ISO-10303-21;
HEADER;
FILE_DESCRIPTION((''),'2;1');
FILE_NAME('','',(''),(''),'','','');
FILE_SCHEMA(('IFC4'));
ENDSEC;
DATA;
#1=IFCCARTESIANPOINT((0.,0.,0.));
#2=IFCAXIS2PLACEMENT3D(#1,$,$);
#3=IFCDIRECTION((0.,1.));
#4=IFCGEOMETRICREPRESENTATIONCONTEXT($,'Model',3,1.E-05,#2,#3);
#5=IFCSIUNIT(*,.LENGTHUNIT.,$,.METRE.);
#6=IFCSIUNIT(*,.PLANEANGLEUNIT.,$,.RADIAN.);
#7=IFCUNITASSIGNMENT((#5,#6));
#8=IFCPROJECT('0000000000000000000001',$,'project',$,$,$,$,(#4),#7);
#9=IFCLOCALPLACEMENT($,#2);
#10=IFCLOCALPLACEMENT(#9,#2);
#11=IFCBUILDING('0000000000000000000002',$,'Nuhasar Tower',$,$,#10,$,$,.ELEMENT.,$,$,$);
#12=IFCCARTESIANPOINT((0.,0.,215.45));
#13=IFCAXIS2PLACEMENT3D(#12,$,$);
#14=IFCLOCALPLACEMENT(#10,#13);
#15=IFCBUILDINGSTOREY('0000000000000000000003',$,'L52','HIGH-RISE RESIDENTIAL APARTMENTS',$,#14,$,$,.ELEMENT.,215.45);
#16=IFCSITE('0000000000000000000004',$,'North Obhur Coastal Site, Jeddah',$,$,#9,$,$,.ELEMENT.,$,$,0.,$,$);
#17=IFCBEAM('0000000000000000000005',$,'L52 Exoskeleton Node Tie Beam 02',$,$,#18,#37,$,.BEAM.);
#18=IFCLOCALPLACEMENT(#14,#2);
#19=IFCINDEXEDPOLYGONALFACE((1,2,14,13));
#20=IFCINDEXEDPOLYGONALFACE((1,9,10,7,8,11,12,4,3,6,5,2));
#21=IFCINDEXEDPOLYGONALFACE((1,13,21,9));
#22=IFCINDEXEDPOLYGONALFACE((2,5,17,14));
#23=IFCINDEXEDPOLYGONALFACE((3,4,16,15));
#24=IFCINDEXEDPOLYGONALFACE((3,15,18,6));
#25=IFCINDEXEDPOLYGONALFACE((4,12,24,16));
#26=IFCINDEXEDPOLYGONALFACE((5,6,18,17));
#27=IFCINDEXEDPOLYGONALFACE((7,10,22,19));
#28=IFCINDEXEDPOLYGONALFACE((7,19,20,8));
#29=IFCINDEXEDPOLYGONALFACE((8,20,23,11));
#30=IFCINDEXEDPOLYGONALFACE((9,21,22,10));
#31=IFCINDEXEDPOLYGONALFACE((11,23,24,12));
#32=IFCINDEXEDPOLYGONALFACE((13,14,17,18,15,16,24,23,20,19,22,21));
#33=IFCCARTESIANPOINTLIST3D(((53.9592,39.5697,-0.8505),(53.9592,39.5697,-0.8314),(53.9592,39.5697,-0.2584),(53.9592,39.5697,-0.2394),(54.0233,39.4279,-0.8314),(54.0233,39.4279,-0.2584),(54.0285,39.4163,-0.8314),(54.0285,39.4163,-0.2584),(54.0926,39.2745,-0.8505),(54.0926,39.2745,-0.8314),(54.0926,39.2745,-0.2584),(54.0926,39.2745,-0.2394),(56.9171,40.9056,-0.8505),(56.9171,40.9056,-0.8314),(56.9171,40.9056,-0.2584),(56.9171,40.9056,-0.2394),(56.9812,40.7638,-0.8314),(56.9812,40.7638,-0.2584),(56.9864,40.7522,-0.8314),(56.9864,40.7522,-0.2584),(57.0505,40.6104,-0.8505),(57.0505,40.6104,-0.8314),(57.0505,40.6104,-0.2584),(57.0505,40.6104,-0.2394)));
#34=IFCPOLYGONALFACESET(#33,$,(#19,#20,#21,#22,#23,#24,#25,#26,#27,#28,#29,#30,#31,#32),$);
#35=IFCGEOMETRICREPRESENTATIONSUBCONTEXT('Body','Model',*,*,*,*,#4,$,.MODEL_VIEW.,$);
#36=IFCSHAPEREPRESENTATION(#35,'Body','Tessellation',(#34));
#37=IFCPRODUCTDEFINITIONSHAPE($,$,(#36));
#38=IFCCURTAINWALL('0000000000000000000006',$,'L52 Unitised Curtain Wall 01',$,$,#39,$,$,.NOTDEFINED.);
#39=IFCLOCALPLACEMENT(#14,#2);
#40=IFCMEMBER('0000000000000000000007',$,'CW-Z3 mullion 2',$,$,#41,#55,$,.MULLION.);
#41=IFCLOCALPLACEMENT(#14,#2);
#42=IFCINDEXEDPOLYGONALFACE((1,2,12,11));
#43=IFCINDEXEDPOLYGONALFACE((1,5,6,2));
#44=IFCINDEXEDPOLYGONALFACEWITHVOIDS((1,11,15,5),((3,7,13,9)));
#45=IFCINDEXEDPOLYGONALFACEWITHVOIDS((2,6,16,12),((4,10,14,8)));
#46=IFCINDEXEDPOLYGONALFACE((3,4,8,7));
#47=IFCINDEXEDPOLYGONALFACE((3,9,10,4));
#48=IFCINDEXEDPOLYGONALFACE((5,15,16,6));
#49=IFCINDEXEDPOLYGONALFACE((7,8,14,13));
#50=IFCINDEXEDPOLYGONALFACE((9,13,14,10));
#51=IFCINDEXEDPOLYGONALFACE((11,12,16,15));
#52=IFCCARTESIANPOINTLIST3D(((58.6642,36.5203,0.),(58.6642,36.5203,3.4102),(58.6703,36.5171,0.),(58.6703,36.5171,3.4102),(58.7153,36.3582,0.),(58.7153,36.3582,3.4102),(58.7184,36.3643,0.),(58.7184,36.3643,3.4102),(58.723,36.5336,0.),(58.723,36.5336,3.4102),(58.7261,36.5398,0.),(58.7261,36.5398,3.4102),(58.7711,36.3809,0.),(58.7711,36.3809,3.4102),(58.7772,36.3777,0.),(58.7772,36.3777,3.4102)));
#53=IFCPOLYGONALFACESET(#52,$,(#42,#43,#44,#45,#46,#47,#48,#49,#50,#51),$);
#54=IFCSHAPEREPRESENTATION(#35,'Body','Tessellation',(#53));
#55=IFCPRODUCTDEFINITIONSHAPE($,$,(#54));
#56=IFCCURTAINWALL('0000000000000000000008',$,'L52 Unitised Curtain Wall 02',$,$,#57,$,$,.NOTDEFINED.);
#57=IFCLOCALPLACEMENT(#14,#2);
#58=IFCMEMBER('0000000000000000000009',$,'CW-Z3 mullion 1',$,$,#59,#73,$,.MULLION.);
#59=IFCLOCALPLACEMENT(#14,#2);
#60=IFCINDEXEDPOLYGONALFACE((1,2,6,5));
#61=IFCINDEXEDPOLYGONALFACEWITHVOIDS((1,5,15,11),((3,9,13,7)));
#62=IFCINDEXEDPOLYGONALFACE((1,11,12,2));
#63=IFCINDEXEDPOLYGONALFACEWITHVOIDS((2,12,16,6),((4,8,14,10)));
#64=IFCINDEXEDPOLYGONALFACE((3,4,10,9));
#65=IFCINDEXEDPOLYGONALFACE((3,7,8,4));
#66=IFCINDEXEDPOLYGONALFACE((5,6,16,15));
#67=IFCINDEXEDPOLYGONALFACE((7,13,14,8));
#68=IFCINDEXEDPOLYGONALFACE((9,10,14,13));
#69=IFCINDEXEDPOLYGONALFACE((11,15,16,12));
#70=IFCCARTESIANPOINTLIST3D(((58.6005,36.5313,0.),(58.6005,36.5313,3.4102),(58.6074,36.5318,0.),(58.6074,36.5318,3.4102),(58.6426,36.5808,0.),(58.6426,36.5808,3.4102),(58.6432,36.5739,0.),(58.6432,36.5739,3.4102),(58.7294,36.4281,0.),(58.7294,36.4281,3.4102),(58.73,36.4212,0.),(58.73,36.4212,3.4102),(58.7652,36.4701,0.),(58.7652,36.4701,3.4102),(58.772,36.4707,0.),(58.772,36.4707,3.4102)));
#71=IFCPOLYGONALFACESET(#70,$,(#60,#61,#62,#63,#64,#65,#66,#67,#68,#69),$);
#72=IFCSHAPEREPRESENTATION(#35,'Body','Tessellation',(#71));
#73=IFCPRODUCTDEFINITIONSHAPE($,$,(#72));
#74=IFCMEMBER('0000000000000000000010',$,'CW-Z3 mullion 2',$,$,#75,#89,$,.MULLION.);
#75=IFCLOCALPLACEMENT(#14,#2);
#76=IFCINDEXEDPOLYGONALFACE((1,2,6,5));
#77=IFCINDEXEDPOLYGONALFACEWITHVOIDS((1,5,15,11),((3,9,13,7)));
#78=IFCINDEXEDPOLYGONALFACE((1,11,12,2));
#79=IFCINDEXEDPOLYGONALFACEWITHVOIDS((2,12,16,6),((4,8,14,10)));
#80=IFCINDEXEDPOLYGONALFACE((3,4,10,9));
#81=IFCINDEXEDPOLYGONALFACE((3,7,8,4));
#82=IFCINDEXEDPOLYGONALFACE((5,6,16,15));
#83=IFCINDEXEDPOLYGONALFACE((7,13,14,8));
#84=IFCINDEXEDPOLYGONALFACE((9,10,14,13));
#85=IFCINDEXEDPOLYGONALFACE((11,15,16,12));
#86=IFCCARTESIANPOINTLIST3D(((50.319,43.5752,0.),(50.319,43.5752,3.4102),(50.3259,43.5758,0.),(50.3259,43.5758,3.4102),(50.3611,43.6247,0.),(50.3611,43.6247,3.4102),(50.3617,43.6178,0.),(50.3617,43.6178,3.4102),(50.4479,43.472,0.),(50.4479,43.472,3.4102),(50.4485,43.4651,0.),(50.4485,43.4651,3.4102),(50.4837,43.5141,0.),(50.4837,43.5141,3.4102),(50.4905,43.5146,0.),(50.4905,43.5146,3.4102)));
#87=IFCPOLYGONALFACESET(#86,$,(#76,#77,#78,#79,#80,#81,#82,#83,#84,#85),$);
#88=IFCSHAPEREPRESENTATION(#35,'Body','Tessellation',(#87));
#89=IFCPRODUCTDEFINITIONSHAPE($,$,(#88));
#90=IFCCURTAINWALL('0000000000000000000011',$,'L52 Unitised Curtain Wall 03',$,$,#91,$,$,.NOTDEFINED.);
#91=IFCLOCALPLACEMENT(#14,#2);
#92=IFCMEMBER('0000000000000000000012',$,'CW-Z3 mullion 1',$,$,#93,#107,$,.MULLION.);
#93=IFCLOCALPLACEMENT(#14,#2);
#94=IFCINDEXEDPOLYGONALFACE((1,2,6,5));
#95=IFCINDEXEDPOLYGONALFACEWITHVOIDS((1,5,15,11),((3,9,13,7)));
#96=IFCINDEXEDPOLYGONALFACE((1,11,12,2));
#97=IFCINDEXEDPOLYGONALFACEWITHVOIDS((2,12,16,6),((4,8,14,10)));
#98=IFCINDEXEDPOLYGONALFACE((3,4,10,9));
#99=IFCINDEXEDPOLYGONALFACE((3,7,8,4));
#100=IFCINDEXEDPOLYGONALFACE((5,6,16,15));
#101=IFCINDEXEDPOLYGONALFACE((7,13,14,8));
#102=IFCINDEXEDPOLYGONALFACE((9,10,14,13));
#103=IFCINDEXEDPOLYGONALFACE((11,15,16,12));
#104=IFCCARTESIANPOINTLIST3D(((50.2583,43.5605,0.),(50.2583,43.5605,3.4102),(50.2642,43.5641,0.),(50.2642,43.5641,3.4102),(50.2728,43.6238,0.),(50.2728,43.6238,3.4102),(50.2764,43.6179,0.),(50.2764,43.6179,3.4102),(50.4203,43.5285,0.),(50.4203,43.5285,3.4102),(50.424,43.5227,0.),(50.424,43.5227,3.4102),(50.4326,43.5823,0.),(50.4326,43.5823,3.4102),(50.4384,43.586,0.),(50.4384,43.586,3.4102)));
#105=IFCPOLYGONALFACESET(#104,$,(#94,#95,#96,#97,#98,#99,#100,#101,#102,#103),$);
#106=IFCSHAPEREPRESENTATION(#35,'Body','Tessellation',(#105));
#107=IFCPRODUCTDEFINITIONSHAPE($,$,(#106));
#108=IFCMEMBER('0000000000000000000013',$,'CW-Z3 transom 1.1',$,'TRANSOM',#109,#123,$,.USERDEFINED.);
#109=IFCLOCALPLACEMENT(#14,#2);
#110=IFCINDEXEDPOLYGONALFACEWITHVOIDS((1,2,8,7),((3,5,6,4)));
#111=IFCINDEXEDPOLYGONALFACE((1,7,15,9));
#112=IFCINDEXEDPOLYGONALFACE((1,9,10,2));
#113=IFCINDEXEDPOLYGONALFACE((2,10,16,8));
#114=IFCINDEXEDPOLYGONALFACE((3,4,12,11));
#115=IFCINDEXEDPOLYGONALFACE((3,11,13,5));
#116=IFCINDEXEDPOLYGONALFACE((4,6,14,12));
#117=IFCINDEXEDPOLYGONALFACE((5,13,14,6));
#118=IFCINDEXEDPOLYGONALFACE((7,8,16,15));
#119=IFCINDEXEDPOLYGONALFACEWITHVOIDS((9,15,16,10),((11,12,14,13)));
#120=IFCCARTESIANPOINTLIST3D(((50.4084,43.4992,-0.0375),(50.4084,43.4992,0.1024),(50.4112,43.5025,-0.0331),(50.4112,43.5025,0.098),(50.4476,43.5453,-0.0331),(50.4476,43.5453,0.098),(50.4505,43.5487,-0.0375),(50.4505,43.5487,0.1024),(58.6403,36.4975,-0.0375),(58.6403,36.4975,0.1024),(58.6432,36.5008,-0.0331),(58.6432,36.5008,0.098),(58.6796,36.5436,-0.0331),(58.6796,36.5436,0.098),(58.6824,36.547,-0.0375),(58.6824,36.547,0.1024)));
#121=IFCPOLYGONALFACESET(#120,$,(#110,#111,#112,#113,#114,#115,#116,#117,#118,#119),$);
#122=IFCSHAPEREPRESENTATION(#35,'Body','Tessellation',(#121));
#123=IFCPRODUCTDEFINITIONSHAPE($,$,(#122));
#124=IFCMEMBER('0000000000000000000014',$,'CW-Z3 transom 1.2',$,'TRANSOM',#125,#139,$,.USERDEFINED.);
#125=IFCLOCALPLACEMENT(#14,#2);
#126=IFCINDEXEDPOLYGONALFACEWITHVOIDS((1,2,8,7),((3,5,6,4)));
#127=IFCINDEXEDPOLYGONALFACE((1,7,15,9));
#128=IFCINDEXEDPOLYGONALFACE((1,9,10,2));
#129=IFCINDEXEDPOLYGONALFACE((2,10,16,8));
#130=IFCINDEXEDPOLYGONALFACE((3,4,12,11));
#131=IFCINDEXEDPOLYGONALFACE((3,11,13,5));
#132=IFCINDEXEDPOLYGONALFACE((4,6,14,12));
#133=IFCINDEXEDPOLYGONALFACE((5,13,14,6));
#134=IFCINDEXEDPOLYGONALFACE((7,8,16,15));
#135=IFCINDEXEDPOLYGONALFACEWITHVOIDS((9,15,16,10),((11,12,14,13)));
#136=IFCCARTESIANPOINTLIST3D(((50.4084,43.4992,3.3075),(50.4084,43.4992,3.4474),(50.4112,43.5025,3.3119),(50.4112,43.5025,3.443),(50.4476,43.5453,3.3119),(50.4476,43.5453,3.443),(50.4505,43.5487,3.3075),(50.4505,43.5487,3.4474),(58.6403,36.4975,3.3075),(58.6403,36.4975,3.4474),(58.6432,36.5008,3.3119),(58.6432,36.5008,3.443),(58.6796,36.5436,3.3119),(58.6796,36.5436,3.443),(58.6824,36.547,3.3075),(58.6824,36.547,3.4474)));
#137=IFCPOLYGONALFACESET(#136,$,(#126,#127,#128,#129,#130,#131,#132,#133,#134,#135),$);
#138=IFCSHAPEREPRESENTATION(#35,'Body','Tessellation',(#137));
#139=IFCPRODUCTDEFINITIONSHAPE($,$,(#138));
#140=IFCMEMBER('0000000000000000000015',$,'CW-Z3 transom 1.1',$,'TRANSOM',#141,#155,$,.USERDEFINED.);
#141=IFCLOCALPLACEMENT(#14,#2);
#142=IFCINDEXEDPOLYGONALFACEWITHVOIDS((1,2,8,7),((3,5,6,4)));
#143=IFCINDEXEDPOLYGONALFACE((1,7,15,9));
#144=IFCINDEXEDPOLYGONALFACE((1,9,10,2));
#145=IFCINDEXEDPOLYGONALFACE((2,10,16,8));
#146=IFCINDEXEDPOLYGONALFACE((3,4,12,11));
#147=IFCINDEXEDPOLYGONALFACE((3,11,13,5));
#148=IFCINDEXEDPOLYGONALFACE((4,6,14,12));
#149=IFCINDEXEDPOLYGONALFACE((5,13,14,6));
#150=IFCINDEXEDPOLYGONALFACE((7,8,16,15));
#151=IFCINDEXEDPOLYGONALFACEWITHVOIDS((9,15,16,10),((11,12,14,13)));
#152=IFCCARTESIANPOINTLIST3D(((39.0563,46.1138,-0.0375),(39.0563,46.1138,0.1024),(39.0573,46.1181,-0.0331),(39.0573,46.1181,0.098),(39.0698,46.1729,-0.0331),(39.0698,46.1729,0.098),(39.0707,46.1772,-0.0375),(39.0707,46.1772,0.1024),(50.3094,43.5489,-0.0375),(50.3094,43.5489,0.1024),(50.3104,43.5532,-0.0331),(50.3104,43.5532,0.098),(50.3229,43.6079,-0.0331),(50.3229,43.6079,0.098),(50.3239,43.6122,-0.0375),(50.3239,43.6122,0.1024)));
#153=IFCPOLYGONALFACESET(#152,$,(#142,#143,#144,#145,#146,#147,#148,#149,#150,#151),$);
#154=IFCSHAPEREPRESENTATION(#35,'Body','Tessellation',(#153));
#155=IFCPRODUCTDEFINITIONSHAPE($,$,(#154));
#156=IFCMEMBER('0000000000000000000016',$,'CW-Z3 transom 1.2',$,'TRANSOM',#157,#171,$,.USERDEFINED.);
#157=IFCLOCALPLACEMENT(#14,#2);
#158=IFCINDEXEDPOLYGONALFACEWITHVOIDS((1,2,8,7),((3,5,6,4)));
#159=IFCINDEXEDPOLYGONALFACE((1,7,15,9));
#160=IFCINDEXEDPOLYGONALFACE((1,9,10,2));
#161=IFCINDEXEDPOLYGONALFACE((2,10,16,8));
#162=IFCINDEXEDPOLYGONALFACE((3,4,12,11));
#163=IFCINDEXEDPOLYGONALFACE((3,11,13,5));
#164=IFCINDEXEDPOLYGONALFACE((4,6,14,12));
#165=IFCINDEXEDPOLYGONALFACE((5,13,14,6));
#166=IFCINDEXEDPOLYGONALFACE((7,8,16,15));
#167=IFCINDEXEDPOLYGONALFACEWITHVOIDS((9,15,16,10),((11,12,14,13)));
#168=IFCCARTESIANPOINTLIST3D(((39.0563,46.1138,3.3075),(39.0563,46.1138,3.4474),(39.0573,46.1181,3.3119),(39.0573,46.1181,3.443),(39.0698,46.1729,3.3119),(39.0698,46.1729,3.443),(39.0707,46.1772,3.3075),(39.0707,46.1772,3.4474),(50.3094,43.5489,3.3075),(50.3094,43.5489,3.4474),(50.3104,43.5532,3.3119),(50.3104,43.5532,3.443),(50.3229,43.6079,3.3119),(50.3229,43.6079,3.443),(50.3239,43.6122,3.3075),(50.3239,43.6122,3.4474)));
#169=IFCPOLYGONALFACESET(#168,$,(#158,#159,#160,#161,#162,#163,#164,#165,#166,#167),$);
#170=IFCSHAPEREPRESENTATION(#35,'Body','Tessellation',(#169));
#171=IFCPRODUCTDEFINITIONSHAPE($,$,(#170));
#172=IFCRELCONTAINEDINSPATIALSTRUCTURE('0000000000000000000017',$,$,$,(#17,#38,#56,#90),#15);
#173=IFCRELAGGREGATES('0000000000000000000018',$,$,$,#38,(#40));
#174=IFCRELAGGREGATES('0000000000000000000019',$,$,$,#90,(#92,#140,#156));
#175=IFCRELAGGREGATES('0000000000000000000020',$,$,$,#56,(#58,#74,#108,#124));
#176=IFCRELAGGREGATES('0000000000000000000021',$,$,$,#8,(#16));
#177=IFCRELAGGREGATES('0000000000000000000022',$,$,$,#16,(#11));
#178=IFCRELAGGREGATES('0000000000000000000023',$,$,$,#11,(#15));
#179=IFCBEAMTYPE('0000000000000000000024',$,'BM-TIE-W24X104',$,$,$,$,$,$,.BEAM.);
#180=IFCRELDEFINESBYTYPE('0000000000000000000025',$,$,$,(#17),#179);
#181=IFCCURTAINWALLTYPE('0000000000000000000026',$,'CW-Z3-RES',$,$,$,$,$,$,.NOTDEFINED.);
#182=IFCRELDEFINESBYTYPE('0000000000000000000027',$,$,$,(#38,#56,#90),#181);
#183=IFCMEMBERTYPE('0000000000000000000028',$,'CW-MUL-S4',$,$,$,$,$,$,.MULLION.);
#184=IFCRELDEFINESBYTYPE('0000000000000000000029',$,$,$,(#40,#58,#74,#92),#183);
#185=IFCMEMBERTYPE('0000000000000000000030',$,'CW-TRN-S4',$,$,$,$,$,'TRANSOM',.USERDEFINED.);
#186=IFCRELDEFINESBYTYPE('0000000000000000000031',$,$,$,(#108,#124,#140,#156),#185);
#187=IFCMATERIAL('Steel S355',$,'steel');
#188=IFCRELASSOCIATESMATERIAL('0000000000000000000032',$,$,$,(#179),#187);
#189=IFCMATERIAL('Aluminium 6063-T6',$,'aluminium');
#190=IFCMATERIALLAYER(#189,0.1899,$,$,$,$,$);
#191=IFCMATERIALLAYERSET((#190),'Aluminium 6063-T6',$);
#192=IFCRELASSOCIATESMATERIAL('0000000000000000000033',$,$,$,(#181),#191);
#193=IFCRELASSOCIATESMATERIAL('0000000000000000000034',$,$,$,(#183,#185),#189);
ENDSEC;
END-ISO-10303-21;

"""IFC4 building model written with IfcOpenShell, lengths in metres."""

from ifc_helpers import new_model, si_unit, direction, frame, origin, origin_2d, place, context, subcontext, project, spatial, hollow_rectangle, i_section, extrude, material, layer, layer_set, material_profile, profile_set, type_object, element, aggregate, save


model = new_model("IFC4")

# Units and contexts
model_context = context("Model", 3, precision=1e-05, world=origin(), true_north=direction((0.0, 1.0)))
body_context = subcontext(model_context, "Body", "Model", "MODEL_VIEW")
ifc_project = project(units=[si_unit("LENGTHUNIT", "METRE"), si_unit("PLANEANGLEUNIT", "RADIAN")], contexts=[model_context])

# Site, building, storey
site_placement = place(None, origin())
site = spatial("IfcSite", under=ifc_project, at=site_placement, Name="North Obhur Coastal Site, Jeddah", CompositionType="ELEMENT", RefElevation=0.0)
building_placement = place(site_placement, origin())
building = spatial("IfcBuilding", under=site, at=building_placement, Name="Nuhasar Tower", CompositionType="ELEMENT")
storey_placement = place(building_placement, frame((0.0, 0.0, 215.45)))
storey = spatial("IfcBuildingStorey", under=building, at=storey_placement, Name="L52", Description="HIGH-RISE RESIDENTIAL APARTMENTS", CompositionType="ELEMENT", Elevation=215.45)

# Beam
ifc_material_1 = material(Name="Steel S355", Category="steel")
ifc_material_profile_1 = material_profile(ifc_material_1, i_section(OverallWidth=0.324, OverallDepth=0.6111, WebThickness=0.0127, FlangeThickness=0.019, at=origin_2d()), Name="W24X104")
ifc_profile_set_1 = profile_set([ifc_material_profile_1], Name="Steel S355")
beam_type_1 = type_object("IfcBeamType", Name="BM-TIE-W24X104", PredefinedType="BEAM", material=ifc_profile_set_1)
beam_1_placement = place(storey_placement, frame((54.0259, 39.4221, -0.5449), z_axis=(0.911363, 0.411603, 0.0), x_axis=(-0.411603, 0.911363, 0.0)))
element("IfcBeam", 1, at=beam_1_placement, inside=storey, type_object=beam_type_1, Name="L52 Exoskeleton Node Tie Beam 02", PredefinedType="BEAM", context=body_context, shape_type="SweptSolid", body=[
    extrude(i_section(OverallWidth=0.324, OverallDepth=0.6111, WebThickness=0.0127, FlangeThickness=0.019, at=origin_2d()), origin(), (0.0, 0.0, 1.0), 3.2456),
])

# Curtain wall, member
ifc_material_2 = material(Name="Aluminium 6063-T6", Category="aluminium")
ifc_layer_1 = layer(ifc_material_2, 0.1899)
ifc_layer_set_1 = layer_set([ifc_layer_1], Name="Aluminium 6063-T6")
curtain_wall_type = type_object("IfcCurtainWallType", Name="CW-Z3-RES", PredefinedType="NOTDEFINED", material=ifc_layer_set_1)
curtain_wall_1_placement = place(storey_placement, origin())
curtain_wall_1 = element("IfcCurtainWall", 2, at=curtain_wall_1_placement, inside=storey, type_object=curtain_wall_type, Name="L52 Unitised Curtain Wall 01", PredefinedType="NOTDEFINED")
ifc_material_profile_2 = material_profile(ifc_material_2, hollow_rectangle(XDim=0.0649, YDim=0.1699, WallThickness=0.0049, at=origin_2d()), Name="CWM-4")
ifc_profile_set_2 = profile_set([ifc_material_profile_2], Name="Aluminium 6063-T6")
member_type_1 = type_object("IfcMemberType", Name="CW-MUL-S4", PredefinedType="MULLION", material=ifc_profile_set_2)
member_1_placement = place(storey_placement, frame((58.7207, 36.449, 0.0), z_axis=(0.0, 0.0, 1.0), x_axis=(-0.953804, -0.300429, 0.0)))
member_1 = element("IfcMember", 3, at=member_1_placement, type_object=member_type_1, Name="CW-Z3 mullion 2", PredefinedType="MULLION", context=body_context, shape_type="SweptSolid", body=[
    extrude(hollow_rectangle(XDim=0.0649, YDim=0.1699, WallThickness=0.0049, at=origin_2d()), origin(), (0.0, 0.0, 1.0), 3.4102),
])
aggregate(curtain_wall_1, [member_1])

# Curtain wall, members
curtain_wall_2_placement = place(storey_placement, origin())
curtain_wall_2 = element("IfcCurtainWall", 4, at=curtain_wall_2_placement, inside=storey, type_object=curtain_wall_type, Name="L52 Unitised Curtain Wall 02", PredefinedType="NOTDEFINED")
member_2_placement = place(storey_placement, frame((58.6863, 36.501, 0.0), z_axis=(0.0, 0.0, 1.0), x_axis=(-0.647895, -0.761729, 0.0)))
member_2 = element("IfcMember", 5, at=member_2_placement, type_object=member_type_1, Name="CW-Z3 mullion 1", PredefinedType="MULLION", context=body_context, shape_type="SweptSolid", body=[
    extrude(hollow_rectangle(XDim=0.0649, YDim=0.1699, WallThickness=0.0049, at=origin_2d()), origin(), (0.0, 0.0, 1.0), 3.4102),
])
member_3_placement = place(storey_placement, frame((50.4048, 43.5449, 0.0), z_axis=(0.0, 0.0, 1.0), x_axis=(-0.647895, -0.761729, 0.0)))
member_3 = element("IfcMember", 6, at=member_3_placement, type_object=member_type_1, Name="CW-Z3 mullion 2", PredefinedType="MULLION", context=body_context, shape_type="SweptSolid", body=[
    extrude(hollow_rectangle(XDim=0.0649, YDim=0.1699, WallThickness=0.0049, at=origin_2d()), origin(), (0.0, 0.0, 1.0), 3.4102),
])

# Curtain wall, member
curtain_wall_3_placement = place(storey_placement, origin())
curtain_wall_3 = element("IfcCurtainWall", 7, at=curtain_wall_3_placement, inside=storey, type_object=curtain_wall_type, Name="L52 Unitised Curtain Wall 03", PredefinedType="NOTDEFINED")
member_4_placement = place(storey_placement, frame((50.3484, 43.5732, 0.0), z_axis=(0.0, 0.0, 1.0), x_axis=(-0.222243, -0.974991, 0.0)))
member_4 = element("IfcMember", 8, at=member_4_placement, type_object=member_type_1, Name="CW-Z3 mullion 1", PredefinedType="MULLION", context=body_context, shape_type="SweptSolid", body=[
    extrude(hollow_rectangle(XDim=0.0649, YDim=0.1699, WallThickness=0.0049, at=origin_2d()), origin(), (0.0, 0.0, 1.0), 3.4102),
])

# Members
ifc_material_profile_3 = material_profile(ifc_material_2, hollow_rectangle(XDim=0.0649, YDim=0.1399, WallThickness=0.0044, at=origin_2d()), Name="CWT-4")
ifc_profile_set_3 = profile_set([ifc_material_profile_3], Name="Aluminium 6063-T6")
member_type_2 = type_object("IfcMemberType", Name="CW-TRN-S4", ElementType="TRANSOM", PredefinedType="USERDEFINED", material=ifc_profile_set_3)
member_5_placement = place(storey_placement, frame((58.6614, 36.5222, 0.0325), z_axis=(-0.761731, 0.647894, 0.0), x_axis=(-0.647894, -0.761731, 0.0)))
member_5 = element("IfcMember", 9, at=member_5_placement, type_object=member_type_2, Name="CW-Z3 transom 1.1", ObjectType="TRANSOM", PredefinedType="USERDEFINED", context=body_context, shape_type="SweptSolid", body=[
    extrude(hollow_rectangle(XDim=0.0649, YDim=0.1399, WallThickness=0.0044, at=origin_2d()), origin(), (0.0, 0.0, 1.0), 10.8069),
])
member_6_placement = place(storey_placement, frame((58.6614, 36.5222, 3.3774), z_axis=(-0.761731, 0.647894, 0.0), x_axis=(-0.647894, -0.761731, 0.0)))
member_6 = element("IfcMember", 10, at=member_6_placement, type_object=member_type_2, Name="CW-Z3 transom 1.2", ObjectType="TRANSOM", PredefinedType="USERDEFINED", context=body_context, shape_type="SweptSolid", body=[
    extrude(hollow_rectangle(XDim=0.0649, YDim=0.1399, WallThickness=0.0044, at=origin_2d()), origin(), (0.0, 0.0, 1.0), 10.8069),
])
member_7_placement = place(storey_placement, frame((50.3167, 43.5806, 0.0325), z_axis=(-0.974994, 0.222231, 0.0), x_axis=(-0.222231, -0.974994, 0.0)))
member_7 = element("IfcMember", 11, at=member_7_placement, type_object=member_type_2, Name="CW-Z3 transom 1.1", ObjectType="TRANSOM", PredefinedType="USERDEFINED", context=body_context, shape_type="SweptSolid", body=[
    extrude(hollow_rectangle(XDim=0.0649, YDim=0.1399, WallThickness=0.0044, at=origin_2d()), origin(), (0.0, 0.0, 1.0), 11.5417),
])
member_8_placement = place(storey_placement, frame((50.3167, 43.5806, 3.3774), z_axis=(-0.974994, 0.222231, 0.0), x_axis=(-0.222231, -0.974994, 0.0)))
member_8 = element("IfcMember", 12, at=member_8_placement, type_object=member_type_2, Name="CW-Z3 transom 1.2", ObjectType="TRANSOM", PredefinedType="USERDEFINED", context=body_context, shape_type="SweptSolid", body=[
    extrude(hollow_rectangle(XDim=0.0649, YDim=0.1399, WallThickness=0.0044, at=origin_2d()), origin(), (0.0, 0.0, 1.0), 11.5417),
])
aggregate(curtain_wall_3, [member_4, member_7, member_8])

aggregate(curtain_wall_2, [member_2, member_3, member_5, member_6])

save(model, "model.ifc")
